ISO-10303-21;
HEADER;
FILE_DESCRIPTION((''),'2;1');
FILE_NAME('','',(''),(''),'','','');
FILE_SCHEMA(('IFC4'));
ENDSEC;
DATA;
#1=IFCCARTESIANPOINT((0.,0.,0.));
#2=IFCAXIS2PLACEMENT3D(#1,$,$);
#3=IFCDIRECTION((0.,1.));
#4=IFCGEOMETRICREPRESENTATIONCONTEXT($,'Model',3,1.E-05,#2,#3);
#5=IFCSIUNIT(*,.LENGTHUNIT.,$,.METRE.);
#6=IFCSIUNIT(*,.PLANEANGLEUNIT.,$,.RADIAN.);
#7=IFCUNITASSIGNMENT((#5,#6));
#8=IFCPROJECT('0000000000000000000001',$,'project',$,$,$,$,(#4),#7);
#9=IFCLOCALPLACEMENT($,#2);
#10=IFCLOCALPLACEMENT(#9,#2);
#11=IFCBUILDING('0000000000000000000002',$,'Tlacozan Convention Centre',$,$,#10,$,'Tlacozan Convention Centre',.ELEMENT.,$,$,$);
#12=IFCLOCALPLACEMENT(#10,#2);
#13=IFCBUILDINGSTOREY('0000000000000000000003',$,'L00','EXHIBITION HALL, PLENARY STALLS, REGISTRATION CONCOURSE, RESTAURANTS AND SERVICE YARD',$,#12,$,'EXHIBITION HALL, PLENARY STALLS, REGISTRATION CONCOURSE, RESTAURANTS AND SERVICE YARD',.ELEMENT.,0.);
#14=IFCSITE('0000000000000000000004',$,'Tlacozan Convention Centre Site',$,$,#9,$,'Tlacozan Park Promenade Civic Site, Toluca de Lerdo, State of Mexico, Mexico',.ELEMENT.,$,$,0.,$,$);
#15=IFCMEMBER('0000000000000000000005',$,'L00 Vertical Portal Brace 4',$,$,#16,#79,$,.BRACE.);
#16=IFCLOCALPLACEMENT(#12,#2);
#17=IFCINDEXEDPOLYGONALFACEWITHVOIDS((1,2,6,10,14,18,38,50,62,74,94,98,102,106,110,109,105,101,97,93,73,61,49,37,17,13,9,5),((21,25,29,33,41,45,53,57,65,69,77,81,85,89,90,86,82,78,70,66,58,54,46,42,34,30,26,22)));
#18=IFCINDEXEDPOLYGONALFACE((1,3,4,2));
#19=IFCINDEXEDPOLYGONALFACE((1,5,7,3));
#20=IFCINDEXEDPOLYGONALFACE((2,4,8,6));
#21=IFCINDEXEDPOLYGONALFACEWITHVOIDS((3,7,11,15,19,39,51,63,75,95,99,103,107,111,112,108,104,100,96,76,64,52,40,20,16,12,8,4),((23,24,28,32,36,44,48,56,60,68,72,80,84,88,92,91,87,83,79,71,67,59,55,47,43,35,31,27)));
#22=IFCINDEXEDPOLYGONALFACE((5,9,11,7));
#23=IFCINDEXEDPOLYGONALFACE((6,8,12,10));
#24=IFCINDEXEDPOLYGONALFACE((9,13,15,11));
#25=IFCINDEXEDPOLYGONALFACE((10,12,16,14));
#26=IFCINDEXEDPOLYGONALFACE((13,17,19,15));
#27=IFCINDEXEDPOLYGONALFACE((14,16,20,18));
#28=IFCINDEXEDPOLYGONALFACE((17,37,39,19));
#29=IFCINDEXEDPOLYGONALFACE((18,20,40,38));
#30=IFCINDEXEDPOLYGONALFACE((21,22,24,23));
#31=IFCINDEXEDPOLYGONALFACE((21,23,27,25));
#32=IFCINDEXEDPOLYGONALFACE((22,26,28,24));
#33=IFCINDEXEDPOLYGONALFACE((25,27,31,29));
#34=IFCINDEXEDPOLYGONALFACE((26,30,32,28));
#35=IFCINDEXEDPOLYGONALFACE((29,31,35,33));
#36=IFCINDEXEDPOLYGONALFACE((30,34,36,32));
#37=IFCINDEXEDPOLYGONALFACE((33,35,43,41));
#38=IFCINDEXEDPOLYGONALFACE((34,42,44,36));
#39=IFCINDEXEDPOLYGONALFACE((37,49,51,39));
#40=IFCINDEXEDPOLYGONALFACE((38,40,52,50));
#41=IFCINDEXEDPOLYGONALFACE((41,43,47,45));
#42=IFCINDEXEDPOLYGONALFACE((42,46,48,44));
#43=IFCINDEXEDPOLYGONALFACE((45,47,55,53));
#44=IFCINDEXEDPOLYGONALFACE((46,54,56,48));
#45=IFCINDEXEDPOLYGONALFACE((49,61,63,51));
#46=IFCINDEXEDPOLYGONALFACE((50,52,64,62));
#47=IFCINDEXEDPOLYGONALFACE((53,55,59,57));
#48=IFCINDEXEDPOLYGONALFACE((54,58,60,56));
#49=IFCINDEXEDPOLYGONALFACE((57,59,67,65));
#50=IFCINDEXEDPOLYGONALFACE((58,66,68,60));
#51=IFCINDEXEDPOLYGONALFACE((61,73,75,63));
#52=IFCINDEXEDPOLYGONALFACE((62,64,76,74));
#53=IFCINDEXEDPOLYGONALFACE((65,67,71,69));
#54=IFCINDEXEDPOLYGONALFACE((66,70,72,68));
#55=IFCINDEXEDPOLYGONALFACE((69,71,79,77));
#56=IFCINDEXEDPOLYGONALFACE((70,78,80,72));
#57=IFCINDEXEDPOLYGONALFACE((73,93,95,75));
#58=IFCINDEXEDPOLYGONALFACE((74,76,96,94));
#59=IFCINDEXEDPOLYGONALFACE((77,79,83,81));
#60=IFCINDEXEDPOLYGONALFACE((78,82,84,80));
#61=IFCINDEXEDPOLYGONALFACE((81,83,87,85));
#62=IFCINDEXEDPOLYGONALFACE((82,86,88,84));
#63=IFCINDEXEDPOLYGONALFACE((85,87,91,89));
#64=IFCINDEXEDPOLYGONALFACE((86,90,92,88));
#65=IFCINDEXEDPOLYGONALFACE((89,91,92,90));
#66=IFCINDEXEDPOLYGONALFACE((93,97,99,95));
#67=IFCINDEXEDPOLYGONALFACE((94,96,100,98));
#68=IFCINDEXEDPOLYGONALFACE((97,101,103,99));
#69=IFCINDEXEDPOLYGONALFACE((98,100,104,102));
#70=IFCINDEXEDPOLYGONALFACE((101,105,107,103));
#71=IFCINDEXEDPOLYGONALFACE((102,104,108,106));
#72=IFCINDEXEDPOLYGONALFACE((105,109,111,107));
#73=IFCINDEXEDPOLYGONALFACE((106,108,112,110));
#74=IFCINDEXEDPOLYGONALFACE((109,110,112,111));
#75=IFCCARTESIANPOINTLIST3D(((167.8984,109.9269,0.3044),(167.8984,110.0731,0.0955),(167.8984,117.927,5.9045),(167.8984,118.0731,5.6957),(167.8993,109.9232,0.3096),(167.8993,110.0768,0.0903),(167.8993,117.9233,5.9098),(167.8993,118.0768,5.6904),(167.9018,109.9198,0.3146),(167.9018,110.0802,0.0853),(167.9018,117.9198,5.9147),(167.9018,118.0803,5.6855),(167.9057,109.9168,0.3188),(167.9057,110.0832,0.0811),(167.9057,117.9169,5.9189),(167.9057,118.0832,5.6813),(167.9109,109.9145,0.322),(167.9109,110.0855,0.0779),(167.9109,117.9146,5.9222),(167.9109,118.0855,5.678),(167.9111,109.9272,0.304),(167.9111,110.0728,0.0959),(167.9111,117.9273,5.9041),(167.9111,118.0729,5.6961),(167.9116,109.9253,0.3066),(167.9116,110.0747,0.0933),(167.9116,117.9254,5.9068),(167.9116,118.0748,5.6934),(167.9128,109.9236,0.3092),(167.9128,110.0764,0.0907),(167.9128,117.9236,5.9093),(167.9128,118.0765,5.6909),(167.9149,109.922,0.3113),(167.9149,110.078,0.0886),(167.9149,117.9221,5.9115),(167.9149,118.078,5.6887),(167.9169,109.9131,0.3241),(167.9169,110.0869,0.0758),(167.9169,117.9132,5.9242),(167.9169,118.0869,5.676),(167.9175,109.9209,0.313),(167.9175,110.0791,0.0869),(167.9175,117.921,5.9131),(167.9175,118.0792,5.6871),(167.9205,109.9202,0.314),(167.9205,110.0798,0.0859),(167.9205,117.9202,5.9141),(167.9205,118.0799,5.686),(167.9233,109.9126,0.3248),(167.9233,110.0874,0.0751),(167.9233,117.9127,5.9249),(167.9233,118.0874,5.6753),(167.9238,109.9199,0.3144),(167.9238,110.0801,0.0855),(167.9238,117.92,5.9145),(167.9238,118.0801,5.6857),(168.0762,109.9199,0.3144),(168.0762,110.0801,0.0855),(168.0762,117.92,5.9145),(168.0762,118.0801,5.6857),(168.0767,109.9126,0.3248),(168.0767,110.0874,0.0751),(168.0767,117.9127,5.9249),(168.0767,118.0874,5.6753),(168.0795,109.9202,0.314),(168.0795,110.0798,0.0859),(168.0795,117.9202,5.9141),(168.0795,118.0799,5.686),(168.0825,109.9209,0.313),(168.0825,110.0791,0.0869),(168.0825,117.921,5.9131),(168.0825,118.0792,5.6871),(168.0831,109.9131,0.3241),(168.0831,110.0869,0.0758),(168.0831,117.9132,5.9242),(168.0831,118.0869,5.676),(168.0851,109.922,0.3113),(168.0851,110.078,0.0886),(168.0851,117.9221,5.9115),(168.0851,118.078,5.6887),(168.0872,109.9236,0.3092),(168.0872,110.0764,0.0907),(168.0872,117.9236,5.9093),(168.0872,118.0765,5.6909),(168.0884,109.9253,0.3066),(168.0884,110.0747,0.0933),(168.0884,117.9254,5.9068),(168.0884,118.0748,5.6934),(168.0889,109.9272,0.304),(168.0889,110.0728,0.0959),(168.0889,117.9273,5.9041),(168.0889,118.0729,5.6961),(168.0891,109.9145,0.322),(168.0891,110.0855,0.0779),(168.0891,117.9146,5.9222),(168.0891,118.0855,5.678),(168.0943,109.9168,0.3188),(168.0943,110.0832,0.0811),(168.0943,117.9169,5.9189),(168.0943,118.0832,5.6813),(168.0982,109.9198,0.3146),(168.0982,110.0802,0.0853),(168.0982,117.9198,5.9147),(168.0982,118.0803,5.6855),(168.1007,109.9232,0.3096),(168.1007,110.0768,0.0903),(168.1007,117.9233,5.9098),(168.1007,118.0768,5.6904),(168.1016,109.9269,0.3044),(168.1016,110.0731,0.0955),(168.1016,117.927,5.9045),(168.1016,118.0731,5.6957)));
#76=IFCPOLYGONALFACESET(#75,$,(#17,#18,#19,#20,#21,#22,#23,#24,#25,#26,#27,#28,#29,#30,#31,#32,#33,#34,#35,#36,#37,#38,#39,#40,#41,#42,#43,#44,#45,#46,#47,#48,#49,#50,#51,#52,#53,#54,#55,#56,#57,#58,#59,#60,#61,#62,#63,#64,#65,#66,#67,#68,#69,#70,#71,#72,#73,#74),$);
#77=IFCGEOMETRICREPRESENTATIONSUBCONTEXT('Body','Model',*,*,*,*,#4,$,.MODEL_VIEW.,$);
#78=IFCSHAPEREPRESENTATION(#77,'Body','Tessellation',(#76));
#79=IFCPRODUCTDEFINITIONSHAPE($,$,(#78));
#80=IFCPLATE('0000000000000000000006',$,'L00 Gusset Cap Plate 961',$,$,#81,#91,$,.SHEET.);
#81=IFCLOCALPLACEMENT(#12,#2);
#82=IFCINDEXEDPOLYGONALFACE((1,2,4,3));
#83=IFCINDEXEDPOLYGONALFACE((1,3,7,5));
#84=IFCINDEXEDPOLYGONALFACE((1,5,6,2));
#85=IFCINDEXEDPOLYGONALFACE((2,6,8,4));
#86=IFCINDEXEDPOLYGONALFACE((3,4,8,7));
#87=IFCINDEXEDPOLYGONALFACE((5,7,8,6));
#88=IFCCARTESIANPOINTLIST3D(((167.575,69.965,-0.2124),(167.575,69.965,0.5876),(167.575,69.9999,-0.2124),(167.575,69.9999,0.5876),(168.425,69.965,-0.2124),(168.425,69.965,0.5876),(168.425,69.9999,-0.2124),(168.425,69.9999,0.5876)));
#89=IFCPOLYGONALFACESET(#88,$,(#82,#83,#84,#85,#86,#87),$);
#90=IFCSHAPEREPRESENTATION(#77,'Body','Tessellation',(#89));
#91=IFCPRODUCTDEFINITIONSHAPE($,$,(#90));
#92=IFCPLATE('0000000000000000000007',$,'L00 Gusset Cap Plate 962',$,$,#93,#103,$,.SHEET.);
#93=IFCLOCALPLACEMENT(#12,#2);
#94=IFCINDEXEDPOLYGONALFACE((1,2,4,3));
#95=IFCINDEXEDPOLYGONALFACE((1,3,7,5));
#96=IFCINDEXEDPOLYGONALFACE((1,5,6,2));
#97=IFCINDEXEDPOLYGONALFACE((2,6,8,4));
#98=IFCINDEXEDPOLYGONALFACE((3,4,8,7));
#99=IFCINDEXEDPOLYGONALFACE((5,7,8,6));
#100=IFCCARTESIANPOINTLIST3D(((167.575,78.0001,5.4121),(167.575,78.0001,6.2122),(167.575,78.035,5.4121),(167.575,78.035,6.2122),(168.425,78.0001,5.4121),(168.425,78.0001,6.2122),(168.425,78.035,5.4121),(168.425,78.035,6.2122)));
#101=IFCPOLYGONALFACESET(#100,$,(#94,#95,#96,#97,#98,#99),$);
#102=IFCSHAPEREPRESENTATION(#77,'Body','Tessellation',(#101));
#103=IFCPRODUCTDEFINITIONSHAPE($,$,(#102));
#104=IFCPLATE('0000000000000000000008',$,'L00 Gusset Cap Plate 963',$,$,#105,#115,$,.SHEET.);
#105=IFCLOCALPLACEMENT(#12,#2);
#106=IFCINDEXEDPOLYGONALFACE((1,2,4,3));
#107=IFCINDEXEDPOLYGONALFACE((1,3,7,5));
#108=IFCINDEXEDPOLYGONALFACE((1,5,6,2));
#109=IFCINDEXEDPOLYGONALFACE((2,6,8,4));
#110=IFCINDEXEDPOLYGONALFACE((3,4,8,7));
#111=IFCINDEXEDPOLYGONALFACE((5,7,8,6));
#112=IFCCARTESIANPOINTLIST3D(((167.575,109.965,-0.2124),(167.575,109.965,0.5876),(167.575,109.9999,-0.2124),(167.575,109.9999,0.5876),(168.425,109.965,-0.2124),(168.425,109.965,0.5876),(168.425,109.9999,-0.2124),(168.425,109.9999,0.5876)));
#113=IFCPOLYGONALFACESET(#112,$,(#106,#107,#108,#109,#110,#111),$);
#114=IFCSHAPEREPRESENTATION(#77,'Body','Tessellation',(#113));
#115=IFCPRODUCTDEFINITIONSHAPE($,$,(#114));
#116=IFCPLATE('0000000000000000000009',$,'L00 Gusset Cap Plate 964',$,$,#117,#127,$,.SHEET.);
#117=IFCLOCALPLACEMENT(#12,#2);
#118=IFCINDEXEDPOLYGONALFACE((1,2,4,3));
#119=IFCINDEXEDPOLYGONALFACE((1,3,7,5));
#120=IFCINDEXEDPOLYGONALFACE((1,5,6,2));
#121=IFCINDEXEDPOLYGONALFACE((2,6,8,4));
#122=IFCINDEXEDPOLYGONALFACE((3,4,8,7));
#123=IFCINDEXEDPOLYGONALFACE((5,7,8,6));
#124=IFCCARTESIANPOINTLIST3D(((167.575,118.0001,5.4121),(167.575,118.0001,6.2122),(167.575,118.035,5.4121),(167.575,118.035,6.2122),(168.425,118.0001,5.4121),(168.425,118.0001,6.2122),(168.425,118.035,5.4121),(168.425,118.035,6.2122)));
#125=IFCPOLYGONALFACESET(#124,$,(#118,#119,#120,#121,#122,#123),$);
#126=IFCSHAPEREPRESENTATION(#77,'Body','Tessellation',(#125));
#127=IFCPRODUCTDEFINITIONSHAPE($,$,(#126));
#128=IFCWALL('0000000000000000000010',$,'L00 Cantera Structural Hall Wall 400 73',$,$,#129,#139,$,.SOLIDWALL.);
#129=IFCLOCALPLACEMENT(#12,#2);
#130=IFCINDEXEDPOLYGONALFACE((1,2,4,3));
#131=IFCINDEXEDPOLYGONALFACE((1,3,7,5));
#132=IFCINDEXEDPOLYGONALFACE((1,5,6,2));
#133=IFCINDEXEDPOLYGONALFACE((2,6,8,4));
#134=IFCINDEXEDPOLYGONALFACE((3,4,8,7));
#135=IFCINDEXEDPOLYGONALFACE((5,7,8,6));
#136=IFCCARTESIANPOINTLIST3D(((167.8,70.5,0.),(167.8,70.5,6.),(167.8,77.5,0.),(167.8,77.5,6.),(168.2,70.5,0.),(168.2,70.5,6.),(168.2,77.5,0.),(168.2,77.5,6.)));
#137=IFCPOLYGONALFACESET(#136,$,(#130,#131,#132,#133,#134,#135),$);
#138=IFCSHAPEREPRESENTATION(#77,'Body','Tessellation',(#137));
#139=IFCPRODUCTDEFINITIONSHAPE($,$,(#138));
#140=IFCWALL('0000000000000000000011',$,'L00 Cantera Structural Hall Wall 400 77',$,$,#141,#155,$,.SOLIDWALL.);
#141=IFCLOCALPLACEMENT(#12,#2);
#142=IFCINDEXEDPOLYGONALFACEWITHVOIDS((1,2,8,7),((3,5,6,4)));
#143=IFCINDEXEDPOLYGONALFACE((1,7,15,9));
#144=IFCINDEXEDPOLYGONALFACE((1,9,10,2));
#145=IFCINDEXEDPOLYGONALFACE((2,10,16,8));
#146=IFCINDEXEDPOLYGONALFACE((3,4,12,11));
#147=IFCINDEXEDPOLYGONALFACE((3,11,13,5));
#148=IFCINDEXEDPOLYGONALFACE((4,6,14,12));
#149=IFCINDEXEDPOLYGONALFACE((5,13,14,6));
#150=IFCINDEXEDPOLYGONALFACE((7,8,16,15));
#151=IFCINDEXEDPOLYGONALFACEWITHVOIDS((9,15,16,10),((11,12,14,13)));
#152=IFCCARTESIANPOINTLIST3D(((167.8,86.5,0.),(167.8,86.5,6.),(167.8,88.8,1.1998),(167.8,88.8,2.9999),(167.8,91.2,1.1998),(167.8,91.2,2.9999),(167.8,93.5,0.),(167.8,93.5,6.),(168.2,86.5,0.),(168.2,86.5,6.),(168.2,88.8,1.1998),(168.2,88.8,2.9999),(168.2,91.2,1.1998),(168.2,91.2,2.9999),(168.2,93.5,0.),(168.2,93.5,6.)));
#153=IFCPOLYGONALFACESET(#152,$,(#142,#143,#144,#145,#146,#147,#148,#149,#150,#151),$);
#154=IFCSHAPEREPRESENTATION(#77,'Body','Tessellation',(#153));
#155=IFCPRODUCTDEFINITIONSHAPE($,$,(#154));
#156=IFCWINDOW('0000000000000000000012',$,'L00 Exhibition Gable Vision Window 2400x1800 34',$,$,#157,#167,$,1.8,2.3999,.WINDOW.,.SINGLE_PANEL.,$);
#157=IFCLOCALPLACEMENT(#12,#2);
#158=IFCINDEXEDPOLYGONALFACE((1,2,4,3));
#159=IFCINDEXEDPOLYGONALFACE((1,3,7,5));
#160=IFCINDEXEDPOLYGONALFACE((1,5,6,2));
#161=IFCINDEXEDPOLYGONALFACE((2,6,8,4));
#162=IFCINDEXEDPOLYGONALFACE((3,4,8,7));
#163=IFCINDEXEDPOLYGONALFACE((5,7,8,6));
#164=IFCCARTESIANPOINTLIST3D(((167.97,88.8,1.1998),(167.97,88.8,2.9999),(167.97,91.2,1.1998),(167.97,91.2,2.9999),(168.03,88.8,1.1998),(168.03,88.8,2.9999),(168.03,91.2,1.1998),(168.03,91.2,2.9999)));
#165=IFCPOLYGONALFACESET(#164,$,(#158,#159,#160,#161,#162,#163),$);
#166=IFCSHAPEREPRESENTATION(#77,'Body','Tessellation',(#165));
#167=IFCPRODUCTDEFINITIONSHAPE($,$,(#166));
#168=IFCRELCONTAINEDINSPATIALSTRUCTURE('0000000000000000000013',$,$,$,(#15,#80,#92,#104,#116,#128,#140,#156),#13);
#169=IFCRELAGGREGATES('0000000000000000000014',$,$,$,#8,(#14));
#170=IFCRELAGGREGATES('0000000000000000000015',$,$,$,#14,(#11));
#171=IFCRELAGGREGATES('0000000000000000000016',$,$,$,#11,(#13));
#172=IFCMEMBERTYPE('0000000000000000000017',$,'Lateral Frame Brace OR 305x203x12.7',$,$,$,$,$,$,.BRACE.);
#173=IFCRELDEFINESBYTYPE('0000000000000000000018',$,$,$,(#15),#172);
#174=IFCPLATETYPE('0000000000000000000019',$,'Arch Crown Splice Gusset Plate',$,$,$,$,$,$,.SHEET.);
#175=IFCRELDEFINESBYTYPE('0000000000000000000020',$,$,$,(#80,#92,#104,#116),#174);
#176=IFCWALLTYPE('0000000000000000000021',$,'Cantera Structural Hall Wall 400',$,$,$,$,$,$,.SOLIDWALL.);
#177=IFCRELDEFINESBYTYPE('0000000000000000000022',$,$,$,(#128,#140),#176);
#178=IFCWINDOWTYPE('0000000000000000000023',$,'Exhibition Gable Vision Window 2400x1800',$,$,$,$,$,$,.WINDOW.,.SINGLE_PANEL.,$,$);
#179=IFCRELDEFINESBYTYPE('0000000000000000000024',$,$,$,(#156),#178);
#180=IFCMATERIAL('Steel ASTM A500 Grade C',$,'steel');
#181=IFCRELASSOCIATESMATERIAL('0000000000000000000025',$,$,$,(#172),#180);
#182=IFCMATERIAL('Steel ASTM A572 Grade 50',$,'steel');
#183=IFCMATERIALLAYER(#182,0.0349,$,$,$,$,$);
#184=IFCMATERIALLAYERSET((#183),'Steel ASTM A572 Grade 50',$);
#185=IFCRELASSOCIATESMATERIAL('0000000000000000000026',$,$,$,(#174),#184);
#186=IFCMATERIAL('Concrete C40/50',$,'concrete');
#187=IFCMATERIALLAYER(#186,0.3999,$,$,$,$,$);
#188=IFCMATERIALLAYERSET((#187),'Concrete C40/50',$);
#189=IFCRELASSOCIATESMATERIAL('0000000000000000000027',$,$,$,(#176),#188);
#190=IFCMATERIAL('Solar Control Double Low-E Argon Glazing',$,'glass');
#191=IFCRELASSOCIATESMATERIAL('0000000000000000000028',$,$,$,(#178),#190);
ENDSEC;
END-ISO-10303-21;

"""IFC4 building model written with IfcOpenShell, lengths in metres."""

from ifc_helpers import new_model, si_unit, direction, frame, frame_2d, origin, origin_2d, place, context, subcontext, project, spatial, rectangle, hollow_rectangle, extrude, material, layer, layer_set, material_profile, profile_set, type_object, element, fill, save


model = new_model("IFC4")

# Units and contexts
model_context = context("Model", 3, precision=1e-05, world=origin(), true_north=direction((0.0, 1.0)))
body_context = subcontext(model_context, "Body", "Model", "MODEL_VIEW")
ifc_project = project(units=[si_unit("LENGTHUNIT", "METRE"), si_unit("PLANEANGLEUNIT", "RADIAN")], contexts=[model_context])

# Site, building, storey
site_placement = place(None, origin())
site = spatial("IfcSite", under=ifc_project, at=site_placement, Name="Tlacozan Convention Centre Site", LongName="Tlacozan Park Promenade Civic Site, Toluca de Lerdo, State of Mexico, Mexico", CompositionType="ELEMENT", RefElevation=0.0)
building_placement = place(site_placement, origin())
building = spatial("IfcBuilding", under=site, at=building_placement, Name="Tlacozan Convention Centre", LongName="Tlacozan Convention Centre", CompositionType="ELEMENT")
storey_placement = place(building_placement, origin())
storey = spatial("IfcBuildingStorey", under=building, at=storey_placement, Name="L00", Description="EXHIBITION HALL, PLENARY STALLS, REGISTRATION CONCOURSE, RESTAURANTS AND SERVICE YARD", LongName="EXHIBITION HALL, PLENARY STALLS, REGISTRATION CONCOURSE, RESTAURANTS AND SERVICE YARD", CompositionType="ELEMENT", Elevation=0.0)

# Shared definitions
ifc_material_1 = material(Name="Concrete C40/50", Category="concrete")

# Member
ifc_material_2 = material(Name="Steel ASTM A500 Grade C", Category="steel")
ifc_material_profile_1 = material_profile(ifc_material_2, hollow_rectangle(XDim=0.2031, YDim=0.3047, WallThickness=0.0127, InnerFilletRadius=0.0127, OuterFilletRadius=0.0249, at=origin_2d()), Name="OR 305x203x12.7")
ifc_profile_set_1 = profile_set([ifc_material_profile_1], Name="Steel ASTM A500 Grade C")
member_type = type_object("IfcMemberType", Name="Lateral Frame Brace OR 305x203x12.7", PredefinedType="BRACE", material=ifc_profile_set_1)
for number, where, z_axis, x_axis, name in (
    (1, (168.0, 110.0, 0.2), (0.0, 0.819227, 0.573469), (-1.0, 0.0, 0.0), "L00 Vertical Portal Brace 4"),
):
    element("IfcMember", number, at=place(storey_placement, frame(where, z_axis=z_axis, x_axis=x_axis)), inside=storey, type_object=member_type, Name=name, PredefinedType="BRACE", context=body_context, shape_type="SweptSolid", body=[
        extrude(hollow_rectangle(XDim=0.2031, YDim=0.3047, WallThickness=0.0127, InnerFilletRadius=0.0127, OuterFilletRadius=0.0249, at=origin_2d()), origin(), (0.0, 0.0, 1.0), 9.7654),
    ])

# Plates
ifc_material_3 = material(Name="Steel ASTM A572 Grade 50", Category="steel")
ifc_layer_1 = layer(ifc_material_3, 0.0349)
ifc_layer_set_1 = layer_set([ifc_layer_1], Name="Steel ASTM A572 Grade 50")
plate_type = type_object("IfcPlateType", Name="Arch Crown Splice Gusset Plate", PredefinedType="SHEET", material=ifc_layer_set_1)
for number, where, z_axis, x_axis, name in (
    (2, (168.0, 69.9824, -0.2124), (0.0, 0.0, 1.0), (0.0, 1.0, 0.0), "L00 Gusset Cap Plate 961"),
    (3, (168.0, 78.0176, 5.4121), (0.0, 0.0, 1.0), (0.0, 1.0, 0.0), "L00 Gusset Cap Plate 962"),
    (4, (168.0, 109.9824, -0.2124), (0.0, 0.0, 1.0), (0.0, 1.0, 0.0), "L00 Gusset Cap Plate 963"),
    (5, (168.0, 118.0176, 5.4121), (0.0, 0.0, 1.0), (0.0, 1.0, 0.0), "L00 Gusset Cap Plate 964"),
):
    element("IfcPlate", number, at=place(storey_placement, frame(where, z_axis=z_axis, x_axis=x_axis)), inside=storey, type_object=plate_type, Name=name, PredefinedType="SHEET", context=body_context, shape_type="SweptSolid", body=[
        extrude(rectangle(XDim=0.0349, YDim=0.8501, at=origin_2d()), origin(), (0.0, 0.0, 1.0), 0.8),
    ])

# Wall
ifc_layer_2 = layer(ifc_material_1, 0.3999)
ifc_layer_set_2 = layer_set([ifc_layer_2], Name="Concrete C40/50")
wall_type = type_object("IfcWallType", Name="Cantera Structural Hall Wall 400", PredefinedType="SOLIDWALL", material=ifc_layer_set_2)
wall_1_placement = place(storey_placement, frame((168.0, 70.5, 0.0), z_axis=(0.0, 0.0, 1.0), x_axis=(0.0, 1.0, 0.0)))
element("IfcWall", 6, at=wall_1_placement, inside=storey, type_object=wall_type, Name="L00 Cantera Structural Hall Wall 400 73", PredefinedType="SOLIDWALL", context=body_context, shape_type="SweptSolid", body=[
    extrude(rectangle(XDim=7.0, YDim=0.3999, at=frame_2d((3.5, 0.0))), origin(), (0.0, 0.0, 1.0), 6.0),
])

# Wall, opening, window
wall_2_placement = place(storey_placement, frame((168.0, 86.5, 0.0), z_axis=(0.0, 0.0, 1.0), x_axis=(0.0, 1.0, 0.0)))
wall_2 = element("IfcWall", 7, at=wall_2_placement, inside=storey, type_object=wall_type, Name="L00 Cantera Structural Hall Wall 400 77", PredefinedType="SOLIDWALL", context=body_context, shape_type="SweptSolid", body=[
    extrude(rectangle(XDim=7.0, YDim=0.3999, at=frame_2d((3.5, 0.0))), origin(), (0.0, 0.0, 1.0), 6.0),
])
opening_1_placement = place(wall_2_placement, frame((2.3, 0.0, 1.2)))
opening_1 = element("IfcOpeningElement", 8, at=opening_1_placement, cuts=wall_2, PredefinedType="OPENING", context=body_context, shape_type="SweptSolid", body=[
    extrude(rectangle(XDim=2.3999, YDim=1.8, at=frame_2d((1.2, 0.8999))), frame((0.0, 0.21, 0.0), z_axis=(0.0, -1.0, 0.0), x_axis=(1.0, 0.0, 0.0)), (0.0, 0.0, 1.0), 0.4199),
])
ifc_material_4 = material(Name="Solar Control Double Low-E Argon Glazing", Category="glass")
window_type = type_object("IfcWindowType", Name="Exhibition Gable Vision Window 2400x1800", PartitioningType="SINGLE_PANEL", PredefinedType="WINDOW", material=ifc_material_4)
window_1_placement = place(opening_1_placement, origin())
window_1 = element("IfcWindow", 9, at=window_1_placement, inside=storey, type_object=window_type, Name="L00 Exhibition Gable Vision Window 2400x1800 34", OverallHeight=1.8, OverallWidth=2.3999, PartitioningType="SINGLE_PANEL", PredefinedType="WINDOW", context=body_context, shape_type="SweptSolid", body=[
    extrude(rectangle(XDim=2.3999, YDim=1.8, at=frame_2d((1.2, 0.8999))), frame((0.0, 0.03, 0.0), z_axis=(0.0, -1.0, 0.0), x_axis=(1.0, 0.0, 0.0)), (0.0, 0.0, 1.0), 0.0601),
])
fill(opening_1, window_1)

save(model, "model.ifc")
